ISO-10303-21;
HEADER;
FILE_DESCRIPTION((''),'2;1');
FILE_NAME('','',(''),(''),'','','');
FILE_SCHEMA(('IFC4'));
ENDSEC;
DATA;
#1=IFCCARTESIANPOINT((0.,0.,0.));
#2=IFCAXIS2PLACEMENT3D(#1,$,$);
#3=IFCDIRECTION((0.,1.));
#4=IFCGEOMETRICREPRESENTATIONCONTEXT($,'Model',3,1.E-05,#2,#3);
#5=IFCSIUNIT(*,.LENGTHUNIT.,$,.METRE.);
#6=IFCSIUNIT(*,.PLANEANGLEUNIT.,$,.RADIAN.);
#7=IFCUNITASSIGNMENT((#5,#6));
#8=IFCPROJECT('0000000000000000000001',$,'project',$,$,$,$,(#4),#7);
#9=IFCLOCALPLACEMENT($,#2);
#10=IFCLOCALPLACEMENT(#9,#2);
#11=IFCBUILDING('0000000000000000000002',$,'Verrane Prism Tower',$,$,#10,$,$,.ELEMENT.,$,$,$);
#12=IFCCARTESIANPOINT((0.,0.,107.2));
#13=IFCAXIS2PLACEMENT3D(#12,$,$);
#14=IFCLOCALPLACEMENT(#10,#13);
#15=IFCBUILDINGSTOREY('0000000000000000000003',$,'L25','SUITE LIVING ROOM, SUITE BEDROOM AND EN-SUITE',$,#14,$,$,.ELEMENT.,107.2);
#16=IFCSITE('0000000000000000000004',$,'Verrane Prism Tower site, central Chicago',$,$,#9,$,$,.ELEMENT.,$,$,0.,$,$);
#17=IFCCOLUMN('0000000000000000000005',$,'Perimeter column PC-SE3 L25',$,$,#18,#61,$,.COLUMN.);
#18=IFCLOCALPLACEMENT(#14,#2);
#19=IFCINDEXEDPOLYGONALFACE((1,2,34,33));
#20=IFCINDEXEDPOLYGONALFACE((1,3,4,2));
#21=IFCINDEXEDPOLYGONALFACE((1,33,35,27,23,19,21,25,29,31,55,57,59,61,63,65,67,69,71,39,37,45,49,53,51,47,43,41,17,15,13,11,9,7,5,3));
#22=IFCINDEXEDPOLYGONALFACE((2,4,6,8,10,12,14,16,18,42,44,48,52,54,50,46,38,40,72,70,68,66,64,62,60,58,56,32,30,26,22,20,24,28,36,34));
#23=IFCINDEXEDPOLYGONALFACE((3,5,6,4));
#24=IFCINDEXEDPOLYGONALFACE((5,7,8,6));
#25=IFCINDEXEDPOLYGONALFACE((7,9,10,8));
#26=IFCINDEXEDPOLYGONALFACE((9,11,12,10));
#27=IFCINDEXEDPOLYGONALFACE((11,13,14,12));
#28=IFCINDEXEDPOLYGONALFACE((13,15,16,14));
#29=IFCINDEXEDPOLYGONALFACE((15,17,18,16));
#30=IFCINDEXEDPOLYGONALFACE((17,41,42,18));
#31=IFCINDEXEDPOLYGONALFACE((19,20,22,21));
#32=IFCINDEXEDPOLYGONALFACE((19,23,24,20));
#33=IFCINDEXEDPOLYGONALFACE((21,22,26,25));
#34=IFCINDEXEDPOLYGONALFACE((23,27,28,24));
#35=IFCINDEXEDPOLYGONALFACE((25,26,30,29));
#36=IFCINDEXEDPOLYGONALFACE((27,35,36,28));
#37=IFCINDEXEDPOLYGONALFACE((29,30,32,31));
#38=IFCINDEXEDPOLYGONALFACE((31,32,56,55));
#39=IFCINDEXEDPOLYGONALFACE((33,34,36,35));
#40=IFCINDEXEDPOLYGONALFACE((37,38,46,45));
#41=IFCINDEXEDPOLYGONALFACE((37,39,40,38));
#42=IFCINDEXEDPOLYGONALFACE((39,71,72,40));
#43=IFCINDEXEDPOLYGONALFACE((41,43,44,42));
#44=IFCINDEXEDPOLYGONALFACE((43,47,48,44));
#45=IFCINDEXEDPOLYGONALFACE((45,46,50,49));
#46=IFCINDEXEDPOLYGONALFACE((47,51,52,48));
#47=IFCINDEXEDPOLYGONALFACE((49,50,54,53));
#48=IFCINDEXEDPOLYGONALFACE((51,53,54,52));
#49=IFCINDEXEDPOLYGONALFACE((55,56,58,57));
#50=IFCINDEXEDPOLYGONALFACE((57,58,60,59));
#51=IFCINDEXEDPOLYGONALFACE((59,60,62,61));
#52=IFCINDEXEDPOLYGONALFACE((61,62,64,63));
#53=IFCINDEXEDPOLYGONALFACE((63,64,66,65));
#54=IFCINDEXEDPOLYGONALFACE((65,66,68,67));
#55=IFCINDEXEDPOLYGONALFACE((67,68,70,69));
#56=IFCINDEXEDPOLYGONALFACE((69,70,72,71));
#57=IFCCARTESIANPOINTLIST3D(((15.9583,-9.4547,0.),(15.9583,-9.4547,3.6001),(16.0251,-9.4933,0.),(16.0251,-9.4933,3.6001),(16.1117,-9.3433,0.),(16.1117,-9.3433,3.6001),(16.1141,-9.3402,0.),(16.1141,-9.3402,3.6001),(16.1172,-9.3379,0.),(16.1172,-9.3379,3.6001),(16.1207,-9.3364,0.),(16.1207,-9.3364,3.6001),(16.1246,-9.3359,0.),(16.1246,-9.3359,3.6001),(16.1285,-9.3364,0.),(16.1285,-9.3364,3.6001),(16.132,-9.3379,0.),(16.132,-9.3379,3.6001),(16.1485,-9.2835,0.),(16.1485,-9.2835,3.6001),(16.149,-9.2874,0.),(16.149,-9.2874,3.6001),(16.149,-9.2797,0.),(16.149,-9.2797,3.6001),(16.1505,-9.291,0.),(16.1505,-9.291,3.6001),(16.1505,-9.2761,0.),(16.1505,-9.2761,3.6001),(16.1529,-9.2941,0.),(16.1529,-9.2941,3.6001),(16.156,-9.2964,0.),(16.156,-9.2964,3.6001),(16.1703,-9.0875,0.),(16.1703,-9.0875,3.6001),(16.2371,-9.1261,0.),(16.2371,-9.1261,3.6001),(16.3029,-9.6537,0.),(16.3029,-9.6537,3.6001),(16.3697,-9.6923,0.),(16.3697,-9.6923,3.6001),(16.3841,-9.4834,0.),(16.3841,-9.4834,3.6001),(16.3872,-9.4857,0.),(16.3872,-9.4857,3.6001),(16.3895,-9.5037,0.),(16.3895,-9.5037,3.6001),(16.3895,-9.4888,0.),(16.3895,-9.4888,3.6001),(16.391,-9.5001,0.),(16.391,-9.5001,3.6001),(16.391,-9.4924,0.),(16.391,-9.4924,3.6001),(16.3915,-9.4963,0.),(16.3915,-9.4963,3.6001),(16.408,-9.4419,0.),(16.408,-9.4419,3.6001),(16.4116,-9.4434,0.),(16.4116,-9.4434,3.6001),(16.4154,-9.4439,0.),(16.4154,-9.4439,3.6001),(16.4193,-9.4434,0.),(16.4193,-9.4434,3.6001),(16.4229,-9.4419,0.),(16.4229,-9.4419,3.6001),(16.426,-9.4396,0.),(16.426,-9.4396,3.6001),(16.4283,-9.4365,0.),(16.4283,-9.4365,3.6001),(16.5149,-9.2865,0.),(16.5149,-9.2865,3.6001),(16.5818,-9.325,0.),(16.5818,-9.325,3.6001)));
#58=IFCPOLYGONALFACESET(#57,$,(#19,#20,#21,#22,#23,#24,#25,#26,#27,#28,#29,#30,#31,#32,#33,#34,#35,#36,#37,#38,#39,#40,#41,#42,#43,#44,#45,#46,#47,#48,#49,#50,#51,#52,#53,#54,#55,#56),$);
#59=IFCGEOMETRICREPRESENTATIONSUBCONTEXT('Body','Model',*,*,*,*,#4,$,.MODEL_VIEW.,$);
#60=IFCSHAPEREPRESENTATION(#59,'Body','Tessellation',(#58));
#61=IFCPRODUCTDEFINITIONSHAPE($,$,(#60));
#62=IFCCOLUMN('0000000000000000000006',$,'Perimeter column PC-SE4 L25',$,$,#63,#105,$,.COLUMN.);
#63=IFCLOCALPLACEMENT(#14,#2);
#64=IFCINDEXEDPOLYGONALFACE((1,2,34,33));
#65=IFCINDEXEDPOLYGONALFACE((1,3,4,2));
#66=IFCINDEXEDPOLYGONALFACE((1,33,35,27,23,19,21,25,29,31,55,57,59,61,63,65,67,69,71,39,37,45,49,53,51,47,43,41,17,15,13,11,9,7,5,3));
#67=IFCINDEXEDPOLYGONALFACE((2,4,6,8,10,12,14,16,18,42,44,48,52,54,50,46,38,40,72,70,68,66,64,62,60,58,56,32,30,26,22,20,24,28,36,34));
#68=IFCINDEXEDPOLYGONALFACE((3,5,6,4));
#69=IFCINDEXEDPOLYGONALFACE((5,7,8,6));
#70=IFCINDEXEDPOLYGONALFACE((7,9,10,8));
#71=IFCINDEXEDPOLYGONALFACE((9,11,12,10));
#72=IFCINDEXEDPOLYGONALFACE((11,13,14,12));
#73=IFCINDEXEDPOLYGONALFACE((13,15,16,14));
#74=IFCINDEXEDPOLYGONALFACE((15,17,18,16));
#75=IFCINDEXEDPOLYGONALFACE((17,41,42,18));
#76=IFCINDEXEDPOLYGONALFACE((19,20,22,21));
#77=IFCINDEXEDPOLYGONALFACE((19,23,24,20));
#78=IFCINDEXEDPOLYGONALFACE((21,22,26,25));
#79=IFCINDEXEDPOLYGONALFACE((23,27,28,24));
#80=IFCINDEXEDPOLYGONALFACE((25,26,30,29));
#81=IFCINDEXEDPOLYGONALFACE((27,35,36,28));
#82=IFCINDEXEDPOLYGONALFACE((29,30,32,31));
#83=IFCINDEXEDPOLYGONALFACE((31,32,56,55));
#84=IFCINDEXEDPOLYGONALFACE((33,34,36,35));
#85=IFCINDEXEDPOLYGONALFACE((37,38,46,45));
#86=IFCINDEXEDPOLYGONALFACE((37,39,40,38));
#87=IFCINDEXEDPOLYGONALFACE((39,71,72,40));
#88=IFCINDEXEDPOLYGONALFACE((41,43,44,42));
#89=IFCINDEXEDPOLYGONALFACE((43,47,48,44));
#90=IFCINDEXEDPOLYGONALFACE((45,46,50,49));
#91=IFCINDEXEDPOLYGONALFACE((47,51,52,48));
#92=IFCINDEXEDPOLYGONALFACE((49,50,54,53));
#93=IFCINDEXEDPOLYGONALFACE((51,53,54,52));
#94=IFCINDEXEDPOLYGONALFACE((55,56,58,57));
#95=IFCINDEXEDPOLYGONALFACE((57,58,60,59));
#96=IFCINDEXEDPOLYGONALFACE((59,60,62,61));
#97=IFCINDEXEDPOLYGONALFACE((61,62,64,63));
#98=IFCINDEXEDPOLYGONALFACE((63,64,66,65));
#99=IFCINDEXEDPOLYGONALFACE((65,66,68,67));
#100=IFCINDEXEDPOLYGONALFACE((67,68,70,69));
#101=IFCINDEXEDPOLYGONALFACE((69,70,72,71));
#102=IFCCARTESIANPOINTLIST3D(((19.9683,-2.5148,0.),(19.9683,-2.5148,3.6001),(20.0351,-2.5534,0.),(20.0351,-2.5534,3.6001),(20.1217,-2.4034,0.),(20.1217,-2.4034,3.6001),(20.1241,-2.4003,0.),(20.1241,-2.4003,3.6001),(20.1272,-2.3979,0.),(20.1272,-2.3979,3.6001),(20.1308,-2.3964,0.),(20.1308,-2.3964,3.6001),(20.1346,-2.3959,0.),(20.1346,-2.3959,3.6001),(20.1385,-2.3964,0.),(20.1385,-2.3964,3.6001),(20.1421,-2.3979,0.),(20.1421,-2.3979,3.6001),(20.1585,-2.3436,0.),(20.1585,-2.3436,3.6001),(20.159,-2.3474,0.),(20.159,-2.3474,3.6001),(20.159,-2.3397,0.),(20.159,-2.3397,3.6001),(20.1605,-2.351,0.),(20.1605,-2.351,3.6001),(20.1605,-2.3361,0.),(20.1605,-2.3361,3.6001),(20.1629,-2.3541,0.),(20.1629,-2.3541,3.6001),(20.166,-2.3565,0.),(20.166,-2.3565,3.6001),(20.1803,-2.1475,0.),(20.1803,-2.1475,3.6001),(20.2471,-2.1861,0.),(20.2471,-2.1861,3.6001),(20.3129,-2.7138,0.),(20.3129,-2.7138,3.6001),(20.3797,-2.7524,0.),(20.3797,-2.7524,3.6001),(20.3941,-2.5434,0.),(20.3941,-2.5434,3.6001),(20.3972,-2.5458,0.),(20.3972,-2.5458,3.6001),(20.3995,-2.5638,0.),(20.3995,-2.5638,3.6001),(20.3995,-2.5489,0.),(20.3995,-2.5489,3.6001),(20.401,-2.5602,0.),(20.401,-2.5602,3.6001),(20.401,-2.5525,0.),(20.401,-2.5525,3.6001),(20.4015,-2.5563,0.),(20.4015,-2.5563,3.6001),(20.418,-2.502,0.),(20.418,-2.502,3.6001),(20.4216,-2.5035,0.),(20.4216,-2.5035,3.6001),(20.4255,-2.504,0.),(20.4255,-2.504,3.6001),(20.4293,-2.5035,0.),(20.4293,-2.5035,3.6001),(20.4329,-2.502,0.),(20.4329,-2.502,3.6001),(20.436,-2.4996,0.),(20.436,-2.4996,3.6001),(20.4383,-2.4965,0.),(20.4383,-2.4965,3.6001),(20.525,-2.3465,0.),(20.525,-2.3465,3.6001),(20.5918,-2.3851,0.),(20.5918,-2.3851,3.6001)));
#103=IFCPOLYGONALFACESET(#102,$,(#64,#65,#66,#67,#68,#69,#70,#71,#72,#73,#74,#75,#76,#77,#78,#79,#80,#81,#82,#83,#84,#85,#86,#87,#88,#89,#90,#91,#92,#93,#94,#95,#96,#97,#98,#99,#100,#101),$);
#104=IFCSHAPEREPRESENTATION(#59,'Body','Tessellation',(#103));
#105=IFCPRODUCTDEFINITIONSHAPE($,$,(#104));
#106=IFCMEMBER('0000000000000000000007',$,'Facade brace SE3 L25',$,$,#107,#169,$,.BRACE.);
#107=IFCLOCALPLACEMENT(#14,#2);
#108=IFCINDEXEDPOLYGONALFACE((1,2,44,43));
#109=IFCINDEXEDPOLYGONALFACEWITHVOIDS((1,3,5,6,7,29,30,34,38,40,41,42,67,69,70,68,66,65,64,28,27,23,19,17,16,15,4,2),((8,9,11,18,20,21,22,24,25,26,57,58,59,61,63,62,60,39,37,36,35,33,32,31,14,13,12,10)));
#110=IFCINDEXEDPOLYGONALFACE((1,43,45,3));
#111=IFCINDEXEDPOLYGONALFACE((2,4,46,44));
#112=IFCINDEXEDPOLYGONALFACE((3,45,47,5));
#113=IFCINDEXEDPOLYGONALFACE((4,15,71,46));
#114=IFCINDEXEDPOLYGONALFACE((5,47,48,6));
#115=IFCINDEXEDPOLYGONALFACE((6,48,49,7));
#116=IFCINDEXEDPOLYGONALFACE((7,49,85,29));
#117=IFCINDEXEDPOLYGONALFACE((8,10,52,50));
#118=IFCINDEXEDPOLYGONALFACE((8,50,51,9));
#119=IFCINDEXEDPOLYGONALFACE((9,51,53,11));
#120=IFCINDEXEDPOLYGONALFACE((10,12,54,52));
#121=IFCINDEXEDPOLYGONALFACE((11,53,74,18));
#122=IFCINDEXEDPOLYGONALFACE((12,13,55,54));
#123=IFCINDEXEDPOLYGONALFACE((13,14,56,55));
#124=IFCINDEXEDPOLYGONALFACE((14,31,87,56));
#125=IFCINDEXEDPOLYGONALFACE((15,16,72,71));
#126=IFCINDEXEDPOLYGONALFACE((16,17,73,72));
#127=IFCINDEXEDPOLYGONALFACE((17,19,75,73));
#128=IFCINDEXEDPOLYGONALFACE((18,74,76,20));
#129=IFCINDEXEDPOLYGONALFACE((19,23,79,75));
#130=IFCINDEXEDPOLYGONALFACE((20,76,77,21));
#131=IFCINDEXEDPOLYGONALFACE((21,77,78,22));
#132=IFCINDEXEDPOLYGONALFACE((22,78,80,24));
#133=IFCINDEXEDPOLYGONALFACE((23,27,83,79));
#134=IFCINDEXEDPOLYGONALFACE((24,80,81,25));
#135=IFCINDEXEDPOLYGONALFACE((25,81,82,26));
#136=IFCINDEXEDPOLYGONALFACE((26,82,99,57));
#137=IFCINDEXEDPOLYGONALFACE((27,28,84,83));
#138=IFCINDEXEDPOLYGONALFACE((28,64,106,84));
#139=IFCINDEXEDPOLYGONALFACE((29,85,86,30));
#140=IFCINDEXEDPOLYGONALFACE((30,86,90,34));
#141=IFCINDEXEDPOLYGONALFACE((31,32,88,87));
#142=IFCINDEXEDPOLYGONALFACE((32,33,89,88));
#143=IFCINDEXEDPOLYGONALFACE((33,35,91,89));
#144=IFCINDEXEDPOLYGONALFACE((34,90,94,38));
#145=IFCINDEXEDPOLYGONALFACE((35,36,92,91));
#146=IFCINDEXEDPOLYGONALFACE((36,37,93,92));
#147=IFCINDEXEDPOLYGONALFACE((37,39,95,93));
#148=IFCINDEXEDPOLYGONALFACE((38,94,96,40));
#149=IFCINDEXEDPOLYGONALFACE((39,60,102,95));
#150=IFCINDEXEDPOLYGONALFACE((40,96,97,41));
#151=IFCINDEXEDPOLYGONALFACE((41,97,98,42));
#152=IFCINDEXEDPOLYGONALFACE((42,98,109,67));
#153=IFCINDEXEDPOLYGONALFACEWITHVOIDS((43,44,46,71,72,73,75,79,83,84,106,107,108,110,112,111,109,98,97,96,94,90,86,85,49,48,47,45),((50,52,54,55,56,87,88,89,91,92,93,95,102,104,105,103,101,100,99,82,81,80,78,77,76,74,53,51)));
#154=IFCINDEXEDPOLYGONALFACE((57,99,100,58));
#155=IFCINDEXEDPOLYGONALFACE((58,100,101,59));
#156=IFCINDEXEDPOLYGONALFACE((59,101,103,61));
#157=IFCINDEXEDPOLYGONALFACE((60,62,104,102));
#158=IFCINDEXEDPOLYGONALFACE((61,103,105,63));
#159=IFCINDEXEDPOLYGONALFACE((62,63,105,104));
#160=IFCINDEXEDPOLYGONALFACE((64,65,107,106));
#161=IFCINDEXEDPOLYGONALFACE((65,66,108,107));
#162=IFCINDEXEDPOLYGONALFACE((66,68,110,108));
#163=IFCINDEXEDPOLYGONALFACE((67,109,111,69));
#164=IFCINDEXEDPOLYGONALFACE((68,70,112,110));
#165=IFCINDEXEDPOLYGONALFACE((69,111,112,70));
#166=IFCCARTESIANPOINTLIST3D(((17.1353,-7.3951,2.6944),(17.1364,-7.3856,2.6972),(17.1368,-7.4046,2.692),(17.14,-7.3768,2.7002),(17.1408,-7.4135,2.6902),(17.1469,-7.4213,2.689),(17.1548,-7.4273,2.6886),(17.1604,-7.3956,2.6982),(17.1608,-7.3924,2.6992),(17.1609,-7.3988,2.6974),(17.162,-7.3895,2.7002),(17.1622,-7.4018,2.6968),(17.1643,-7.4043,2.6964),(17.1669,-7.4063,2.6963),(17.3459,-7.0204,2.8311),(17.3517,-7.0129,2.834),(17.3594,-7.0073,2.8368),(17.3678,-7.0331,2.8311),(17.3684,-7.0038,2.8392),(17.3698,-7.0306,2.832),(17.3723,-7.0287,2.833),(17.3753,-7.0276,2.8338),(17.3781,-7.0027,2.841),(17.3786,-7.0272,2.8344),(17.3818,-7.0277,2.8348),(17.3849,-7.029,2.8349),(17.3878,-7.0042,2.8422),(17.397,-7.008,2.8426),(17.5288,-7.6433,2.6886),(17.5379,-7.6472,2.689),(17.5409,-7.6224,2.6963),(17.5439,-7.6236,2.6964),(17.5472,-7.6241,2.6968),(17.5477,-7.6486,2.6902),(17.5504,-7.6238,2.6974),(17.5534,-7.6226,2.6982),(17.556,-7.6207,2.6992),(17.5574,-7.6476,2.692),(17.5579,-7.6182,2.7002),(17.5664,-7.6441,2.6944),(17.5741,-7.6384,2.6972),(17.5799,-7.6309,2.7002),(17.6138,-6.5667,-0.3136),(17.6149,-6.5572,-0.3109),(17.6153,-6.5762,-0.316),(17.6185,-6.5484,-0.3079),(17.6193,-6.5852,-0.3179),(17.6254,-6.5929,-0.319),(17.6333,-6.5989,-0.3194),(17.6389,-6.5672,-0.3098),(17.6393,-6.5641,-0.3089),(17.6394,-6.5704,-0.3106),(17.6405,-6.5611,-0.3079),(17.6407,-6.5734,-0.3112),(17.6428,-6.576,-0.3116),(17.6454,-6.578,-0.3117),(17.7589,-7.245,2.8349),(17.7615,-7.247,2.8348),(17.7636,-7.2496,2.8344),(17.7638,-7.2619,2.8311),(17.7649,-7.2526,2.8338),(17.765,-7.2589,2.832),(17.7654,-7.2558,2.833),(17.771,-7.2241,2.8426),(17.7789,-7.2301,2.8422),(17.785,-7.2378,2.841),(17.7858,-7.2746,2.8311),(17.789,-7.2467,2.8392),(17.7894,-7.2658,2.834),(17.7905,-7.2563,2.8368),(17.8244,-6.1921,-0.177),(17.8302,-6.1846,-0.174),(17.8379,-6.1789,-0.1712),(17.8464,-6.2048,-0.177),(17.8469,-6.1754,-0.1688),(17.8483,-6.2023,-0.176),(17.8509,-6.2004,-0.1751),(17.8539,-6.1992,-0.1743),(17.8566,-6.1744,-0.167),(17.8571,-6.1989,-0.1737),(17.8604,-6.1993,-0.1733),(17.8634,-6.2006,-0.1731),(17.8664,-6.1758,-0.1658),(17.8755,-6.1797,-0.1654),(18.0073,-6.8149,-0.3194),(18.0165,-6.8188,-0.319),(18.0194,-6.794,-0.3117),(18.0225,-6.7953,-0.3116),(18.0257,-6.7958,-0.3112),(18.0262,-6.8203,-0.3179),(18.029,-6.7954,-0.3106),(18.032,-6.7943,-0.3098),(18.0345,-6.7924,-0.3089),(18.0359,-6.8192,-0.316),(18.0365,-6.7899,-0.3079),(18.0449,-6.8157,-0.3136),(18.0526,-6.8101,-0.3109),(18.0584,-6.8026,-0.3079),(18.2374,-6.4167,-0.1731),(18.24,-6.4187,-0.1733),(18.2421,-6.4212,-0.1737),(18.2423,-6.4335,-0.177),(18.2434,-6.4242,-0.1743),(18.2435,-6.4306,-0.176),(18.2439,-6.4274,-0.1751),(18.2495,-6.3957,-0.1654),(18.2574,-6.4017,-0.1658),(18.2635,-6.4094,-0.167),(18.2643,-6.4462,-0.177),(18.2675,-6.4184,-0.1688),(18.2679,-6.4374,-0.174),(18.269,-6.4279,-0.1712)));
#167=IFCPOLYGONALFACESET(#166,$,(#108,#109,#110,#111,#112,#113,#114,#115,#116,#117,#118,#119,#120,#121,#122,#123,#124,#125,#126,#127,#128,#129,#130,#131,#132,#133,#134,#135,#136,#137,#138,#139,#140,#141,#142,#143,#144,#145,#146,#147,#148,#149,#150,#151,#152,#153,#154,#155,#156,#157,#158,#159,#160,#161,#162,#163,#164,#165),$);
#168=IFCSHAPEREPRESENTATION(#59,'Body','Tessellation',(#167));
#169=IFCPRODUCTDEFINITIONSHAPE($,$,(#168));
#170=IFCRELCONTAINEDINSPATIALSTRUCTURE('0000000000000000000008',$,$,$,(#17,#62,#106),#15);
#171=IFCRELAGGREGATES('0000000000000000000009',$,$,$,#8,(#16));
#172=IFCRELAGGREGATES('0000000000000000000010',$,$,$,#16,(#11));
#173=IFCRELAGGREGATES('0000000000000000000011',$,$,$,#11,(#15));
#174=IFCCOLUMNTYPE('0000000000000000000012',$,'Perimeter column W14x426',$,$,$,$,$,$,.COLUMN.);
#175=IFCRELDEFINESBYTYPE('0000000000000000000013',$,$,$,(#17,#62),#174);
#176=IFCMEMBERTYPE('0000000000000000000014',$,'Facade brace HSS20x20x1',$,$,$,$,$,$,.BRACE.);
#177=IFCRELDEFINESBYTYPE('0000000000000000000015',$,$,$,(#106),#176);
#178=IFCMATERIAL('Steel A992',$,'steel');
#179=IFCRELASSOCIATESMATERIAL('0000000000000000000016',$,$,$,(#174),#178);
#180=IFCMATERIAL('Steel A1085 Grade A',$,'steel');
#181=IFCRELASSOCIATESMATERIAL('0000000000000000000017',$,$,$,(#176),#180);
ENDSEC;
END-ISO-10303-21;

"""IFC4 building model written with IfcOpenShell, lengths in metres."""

from ifc_helpers import new_model, si_unit, direction, frame, origin, origin_2d, place, context, subcontext, project, spatial, hollow_rectangle, i_section, extrude, material, material_profile, profile_set, type_object, element, save


model = new_model("IFC4")

# Units and contexts
model_context = context("Model", 3, precision=1e-05, world=origin(), true_north=direction((0.0, 1.0)))
body_context = subcontext(model_context, "Body", "Model", "MODEL_VIEW")
ifc_project = project(units=[si_unit("LENGTHUNIT", "METRE"), si_unit("PLANEANGLEUNIT", "RADIAN")], contexts=[model_context])

# Site, building, storey
site_placement = place(None, origin())
site = spatial("IfcSite", under=ifc_project, at=site_placement, Name="Verrane Prism Tower site, central Chicago", CompositionType="ELEMENT", RefElevation=0.0)
building_placement = place(site_placement, origin())
building = spatial("IfcBuilding", under=site, at=building_placement, Name="Verrane Prism Tower", CompositionType="ELEMENT")
storey_placement = place(building_placement, frame((0.0, 0.0, 107.2)))
storey = spatial("IfcBuildingStorey", under=building, at=storey_placement, Name="L25", Description="SUITE LIVING ROOM, SUITE BEDROOM AND EN-SUITE", CompositionType="ELEMENT", Elevation=107.2)

# Columns
ifc_material_1 = material(Name="Steel A992", Category="steel")
ifc_material_profile_1 = material_profile(ifc_material_1, i_section(OverallWidth=0.4241, OverallDepth=0.4751, WebThickness=0.0479, FlangeThickness=0.0771, FilletRadius=0.0149, at=origin_2d()), Name="W14x426")
ifc_profile_set_1 = profile_set([ifc_material_profile_1], Name="Steel A992")
column_type = type_object("IfcColumnType", Name="Perimeter column W14x426", PredefinedType="COLUMN", material=ifc_profile_set_1)
for number, where, z_axis, x_axis, name in (
    (1, (16.27, -9.3899, 0.0), (0.0, 0.0, 1.0), (-0.5, -0.866025, 0.0), "Perimeter column PC-SE3 L25"),
    (2, (20.28, -2.45, 0.0), (0.0, 0.0, 1.0), (-0.5, -0.866025, 0.0), "Perimeter column PC-SE4 L25"),
):
    element("IfcColumn", number, at=place(storey_placement, frame(where, z_axis=z_axis, x_axis=x_axis)), inside=storey, type_object=column_type, Name=name, PredefinedType="COLUMN", context=body_context, shape_type="SweptSolid", body=[
        extrude(i_section(OverallWidth=0.4241, OverallDepth=0.4751, WebThickness=0.0479, FlangeThickness=0.0771, FilletRadius=0.0149, at=origin_2d()), origin(), (0.0, 0.0, 1.0), 3.6001),
    ])

# Member
ifc_material_2 = material(Name="Steel A1085 Grade A", Category="steel")
ifc_material_profile_2 = material_profile(ifc_material_2, hollow_rectangle(XDim=0.5081, YDim=0.5081, WallThickness=0.0254, InnerFilletRadius=0.0127, OuterFilletRadius=0.0381, at=origin_2d()), Name="HSS20x20x1")
ifc_profile_set_2 = profile_set([ifc_material_profile_2], Name="Steel A1085 Grade A")
member_type_1 = type_object("IfcMemberType", Name="Facade brace HSS20x20x1", PredefinedType="BRACE", material=ifc_profile_set_2)
member_1_placement = place(storey_placement, frame((17.9414, -6.4973, -0.2424), z_axis=(-0.151596, -0.262432, 0.952968), x_axis=(0.865909, -0.500201, 0.0)))
element("IfcMember", 3, at=member_1_placement, inside=storey, type_object=member_type_1, Name="Facade brace SE3 L25", PredefinedType="BRACE", context=body_context, shape_type="SweptSolid", body=[
    extrude(hollow_rectangle(XDim=0.5081, YDim=0.5081, WallThickness=0.0254, InnerFilletRadius=0.0127, OuterFilletRadius=0.0381, at=origin_2d()), origin(), (0.0, 0.0, 1.0), 3.1565),
])

save(model, "model.ifc")
